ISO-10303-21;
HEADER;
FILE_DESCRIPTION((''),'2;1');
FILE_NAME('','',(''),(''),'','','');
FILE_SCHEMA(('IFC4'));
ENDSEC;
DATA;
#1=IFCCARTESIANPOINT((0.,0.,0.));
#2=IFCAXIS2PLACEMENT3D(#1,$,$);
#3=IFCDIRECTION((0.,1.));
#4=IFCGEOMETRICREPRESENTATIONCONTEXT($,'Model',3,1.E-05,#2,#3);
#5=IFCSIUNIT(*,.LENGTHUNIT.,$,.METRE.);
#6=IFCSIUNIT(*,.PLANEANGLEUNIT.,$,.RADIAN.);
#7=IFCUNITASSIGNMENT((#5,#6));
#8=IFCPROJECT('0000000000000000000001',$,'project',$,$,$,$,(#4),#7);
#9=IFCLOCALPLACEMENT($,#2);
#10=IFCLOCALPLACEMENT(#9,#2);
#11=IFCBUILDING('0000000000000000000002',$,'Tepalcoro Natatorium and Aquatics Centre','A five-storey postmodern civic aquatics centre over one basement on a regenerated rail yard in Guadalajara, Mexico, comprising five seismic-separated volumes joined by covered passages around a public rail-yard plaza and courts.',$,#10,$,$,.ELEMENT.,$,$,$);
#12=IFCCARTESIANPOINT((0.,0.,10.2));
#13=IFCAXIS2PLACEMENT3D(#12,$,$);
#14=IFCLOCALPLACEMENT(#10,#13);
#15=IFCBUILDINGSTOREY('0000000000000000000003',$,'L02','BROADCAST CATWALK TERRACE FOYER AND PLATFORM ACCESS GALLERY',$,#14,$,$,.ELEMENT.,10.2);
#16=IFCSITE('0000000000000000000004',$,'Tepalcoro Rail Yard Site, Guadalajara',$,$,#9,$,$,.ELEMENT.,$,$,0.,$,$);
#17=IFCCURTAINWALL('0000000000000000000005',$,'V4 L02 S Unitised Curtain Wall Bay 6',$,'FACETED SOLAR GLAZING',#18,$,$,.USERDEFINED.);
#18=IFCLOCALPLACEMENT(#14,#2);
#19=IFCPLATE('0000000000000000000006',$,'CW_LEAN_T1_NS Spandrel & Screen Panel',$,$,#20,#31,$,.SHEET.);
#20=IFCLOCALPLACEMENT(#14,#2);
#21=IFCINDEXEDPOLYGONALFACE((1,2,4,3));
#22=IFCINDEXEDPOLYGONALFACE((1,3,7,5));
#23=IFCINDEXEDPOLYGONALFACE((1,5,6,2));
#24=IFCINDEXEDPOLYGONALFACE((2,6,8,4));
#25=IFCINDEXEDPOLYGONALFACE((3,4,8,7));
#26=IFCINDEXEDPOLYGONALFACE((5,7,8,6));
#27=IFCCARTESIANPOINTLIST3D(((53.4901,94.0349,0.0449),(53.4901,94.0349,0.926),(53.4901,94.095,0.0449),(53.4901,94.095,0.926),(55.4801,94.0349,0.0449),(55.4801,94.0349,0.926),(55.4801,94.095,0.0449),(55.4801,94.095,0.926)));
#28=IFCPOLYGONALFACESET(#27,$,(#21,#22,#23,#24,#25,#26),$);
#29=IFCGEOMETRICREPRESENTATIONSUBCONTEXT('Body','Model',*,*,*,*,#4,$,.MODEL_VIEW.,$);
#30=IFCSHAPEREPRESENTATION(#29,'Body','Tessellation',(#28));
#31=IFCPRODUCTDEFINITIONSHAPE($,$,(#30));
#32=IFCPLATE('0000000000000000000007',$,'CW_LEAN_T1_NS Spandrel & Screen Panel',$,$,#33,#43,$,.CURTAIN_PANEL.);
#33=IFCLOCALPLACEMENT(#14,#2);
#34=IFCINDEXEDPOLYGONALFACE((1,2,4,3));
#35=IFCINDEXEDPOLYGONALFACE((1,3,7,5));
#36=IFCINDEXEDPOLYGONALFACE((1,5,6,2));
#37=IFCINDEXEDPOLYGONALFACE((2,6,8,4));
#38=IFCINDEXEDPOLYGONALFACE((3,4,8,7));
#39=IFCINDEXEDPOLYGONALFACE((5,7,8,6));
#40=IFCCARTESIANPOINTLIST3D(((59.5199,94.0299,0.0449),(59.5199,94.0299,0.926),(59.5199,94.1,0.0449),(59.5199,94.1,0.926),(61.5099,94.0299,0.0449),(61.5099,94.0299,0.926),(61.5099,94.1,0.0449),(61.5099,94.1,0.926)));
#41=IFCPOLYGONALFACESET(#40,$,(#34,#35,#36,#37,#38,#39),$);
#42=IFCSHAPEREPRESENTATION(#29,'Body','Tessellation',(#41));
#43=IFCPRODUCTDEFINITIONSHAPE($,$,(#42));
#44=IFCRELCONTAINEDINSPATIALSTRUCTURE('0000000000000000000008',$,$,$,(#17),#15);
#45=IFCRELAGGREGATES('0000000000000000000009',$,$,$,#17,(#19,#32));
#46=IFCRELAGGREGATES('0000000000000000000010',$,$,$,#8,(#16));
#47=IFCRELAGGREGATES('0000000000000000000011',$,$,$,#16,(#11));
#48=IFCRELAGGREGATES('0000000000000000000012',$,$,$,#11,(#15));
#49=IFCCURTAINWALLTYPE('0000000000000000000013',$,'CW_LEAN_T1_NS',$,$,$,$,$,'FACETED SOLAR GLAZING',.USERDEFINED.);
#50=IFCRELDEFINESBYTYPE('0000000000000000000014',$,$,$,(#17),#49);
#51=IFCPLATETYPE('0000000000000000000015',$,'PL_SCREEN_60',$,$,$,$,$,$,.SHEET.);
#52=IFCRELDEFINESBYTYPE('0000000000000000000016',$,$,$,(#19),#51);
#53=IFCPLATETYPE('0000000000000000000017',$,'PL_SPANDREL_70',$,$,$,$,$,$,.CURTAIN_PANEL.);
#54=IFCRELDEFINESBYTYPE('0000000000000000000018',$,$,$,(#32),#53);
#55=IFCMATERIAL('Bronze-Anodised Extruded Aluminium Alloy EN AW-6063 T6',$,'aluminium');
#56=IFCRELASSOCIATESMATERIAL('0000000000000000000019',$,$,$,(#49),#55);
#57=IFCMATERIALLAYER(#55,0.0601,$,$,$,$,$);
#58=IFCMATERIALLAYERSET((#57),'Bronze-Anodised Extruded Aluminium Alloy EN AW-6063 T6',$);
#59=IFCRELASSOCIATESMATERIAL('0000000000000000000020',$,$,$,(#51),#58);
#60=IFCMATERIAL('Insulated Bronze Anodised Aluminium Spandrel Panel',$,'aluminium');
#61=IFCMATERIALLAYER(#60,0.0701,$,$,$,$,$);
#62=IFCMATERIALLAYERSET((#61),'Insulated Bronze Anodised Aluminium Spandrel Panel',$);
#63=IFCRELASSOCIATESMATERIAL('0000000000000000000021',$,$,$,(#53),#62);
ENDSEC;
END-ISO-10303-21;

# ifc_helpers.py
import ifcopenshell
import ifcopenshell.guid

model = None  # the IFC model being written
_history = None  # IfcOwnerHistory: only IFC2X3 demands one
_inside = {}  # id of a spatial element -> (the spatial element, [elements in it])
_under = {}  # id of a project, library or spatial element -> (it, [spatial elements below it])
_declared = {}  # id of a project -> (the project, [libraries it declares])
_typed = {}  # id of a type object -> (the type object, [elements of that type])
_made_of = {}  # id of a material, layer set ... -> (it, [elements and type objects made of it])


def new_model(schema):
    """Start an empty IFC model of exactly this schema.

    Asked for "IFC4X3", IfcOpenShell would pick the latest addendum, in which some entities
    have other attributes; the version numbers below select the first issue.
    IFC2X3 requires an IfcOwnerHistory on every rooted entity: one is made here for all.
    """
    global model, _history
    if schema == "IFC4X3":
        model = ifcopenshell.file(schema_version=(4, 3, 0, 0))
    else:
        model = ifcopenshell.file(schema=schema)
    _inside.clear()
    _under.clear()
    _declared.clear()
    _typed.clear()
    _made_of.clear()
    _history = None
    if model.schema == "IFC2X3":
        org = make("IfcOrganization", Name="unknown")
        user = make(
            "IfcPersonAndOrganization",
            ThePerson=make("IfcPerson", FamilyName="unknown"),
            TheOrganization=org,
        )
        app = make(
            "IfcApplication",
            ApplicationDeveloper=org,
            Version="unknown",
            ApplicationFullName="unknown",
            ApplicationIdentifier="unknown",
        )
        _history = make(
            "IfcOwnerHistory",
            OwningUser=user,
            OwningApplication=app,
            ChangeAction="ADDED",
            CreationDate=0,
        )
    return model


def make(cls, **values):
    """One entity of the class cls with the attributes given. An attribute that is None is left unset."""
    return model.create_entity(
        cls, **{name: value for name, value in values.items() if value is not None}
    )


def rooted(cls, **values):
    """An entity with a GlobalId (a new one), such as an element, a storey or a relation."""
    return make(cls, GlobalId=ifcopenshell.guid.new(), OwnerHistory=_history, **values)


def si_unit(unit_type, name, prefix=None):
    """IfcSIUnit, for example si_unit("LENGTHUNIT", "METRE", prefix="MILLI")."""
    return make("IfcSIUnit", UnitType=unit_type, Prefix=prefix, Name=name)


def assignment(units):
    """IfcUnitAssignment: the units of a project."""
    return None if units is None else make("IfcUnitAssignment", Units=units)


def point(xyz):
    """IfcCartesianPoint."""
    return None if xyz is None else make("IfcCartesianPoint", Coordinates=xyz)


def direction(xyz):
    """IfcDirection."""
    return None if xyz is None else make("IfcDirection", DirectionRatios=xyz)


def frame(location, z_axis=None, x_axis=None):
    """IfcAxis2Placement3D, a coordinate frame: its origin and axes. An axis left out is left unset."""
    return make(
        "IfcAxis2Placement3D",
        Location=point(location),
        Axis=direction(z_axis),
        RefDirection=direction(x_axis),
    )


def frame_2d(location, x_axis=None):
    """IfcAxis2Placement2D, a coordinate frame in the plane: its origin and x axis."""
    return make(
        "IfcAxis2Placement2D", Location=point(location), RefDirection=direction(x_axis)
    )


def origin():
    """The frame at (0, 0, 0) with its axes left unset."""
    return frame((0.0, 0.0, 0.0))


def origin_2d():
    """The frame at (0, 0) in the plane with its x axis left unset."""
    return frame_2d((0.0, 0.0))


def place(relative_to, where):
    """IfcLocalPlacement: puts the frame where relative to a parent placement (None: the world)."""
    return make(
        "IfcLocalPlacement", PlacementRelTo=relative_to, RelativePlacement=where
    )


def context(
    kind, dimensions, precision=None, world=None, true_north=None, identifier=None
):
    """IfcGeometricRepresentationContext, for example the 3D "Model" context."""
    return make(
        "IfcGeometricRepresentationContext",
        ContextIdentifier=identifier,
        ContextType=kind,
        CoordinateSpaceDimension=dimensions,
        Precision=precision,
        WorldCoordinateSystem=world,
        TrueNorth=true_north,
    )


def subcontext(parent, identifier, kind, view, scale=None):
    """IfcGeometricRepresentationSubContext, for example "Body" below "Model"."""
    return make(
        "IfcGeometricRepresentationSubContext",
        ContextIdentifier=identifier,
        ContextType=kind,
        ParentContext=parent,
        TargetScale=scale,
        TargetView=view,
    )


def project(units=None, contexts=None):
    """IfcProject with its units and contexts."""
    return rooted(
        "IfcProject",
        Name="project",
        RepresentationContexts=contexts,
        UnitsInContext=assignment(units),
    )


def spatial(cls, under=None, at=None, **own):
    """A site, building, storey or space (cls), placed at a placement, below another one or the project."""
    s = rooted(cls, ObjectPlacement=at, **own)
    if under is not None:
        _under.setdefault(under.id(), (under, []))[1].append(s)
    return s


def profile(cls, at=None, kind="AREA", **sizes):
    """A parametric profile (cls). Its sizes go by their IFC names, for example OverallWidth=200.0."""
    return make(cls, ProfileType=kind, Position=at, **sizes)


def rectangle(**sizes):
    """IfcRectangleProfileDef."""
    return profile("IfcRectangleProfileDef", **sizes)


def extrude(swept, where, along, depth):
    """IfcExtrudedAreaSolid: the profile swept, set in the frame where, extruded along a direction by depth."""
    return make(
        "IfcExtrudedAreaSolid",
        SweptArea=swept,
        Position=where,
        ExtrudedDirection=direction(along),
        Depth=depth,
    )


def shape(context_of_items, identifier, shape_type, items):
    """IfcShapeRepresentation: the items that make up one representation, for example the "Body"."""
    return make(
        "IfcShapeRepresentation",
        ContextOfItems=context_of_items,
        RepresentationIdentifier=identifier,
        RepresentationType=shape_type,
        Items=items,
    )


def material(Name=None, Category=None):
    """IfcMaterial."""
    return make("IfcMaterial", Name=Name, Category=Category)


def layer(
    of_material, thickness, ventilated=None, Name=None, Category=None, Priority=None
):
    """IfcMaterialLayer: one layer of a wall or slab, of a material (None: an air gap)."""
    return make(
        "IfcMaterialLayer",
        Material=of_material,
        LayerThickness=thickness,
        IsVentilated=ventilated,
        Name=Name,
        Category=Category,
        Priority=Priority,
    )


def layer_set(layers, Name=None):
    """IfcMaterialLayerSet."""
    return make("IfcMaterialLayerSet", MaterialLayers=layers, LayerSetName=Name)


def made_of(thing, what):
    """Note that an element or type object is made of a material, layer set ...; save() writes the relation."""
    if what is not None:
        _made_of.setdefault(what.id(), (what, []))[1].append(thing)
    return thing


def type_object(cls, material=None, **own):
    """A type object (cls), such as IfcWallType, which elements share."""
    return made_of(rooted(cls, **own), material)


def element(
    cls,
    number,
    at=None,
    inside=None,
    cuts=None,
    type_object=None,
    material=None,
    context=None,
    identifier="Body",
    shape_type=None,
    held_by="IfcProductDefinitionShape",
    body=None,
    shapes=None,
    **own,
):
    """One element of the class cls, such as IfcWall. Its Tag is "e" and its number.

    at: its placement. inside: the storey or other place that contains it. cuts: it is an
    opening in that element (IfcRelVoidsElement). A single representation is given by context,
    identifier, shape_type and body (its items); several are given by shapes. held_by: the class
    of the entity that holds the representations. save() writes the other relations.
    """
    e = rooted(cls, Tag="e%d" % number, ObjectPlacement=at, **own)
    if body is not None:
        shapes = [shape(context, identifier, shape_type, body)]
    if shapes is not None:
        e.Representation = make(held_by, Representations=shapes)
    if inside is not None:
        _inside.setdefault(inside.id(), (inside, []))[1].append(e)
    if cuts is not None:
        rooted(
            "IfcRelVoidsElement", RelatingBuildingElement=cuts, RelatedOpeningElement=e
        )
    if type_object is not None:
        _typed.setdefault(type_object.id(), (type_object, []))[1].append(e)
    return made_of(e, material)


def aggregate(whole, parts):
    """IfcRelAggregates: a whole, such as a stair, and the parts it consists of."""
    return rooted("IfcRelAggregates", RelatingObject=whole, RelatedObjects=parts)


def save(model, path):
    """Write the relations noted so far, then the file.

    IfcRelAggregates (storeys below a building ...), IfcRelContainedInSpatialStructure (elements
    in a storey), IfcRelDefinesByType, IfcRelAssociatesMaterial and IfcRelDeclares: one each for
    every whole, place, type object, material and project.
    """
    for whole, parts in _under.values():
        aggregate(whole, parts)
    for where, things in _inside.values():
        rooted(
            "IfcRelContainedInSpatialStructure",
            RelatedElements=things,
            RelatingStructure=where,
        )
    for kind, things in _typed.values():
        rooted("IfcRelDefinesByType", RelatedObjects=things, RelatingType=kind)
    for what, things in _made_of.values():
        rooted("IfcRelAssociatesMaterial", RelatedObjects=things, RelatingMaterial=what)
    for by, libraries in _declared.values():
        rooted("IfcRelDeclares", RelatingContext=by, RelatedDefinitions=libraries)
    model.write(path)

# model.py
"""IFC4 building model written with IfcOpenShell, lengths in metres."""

from ifc_helpers import new_model, si_unit, direction, frame, origin, origin_2d, place, context, subcontext, project, spatial, rectangle, extrude, material, layer, layer_set, type_object, element, aggregate, save


model = new_model("IFC4")

# Units and contexts
model_context = context("Model", 3, precision=1e-05, world=origin(), true_north=direction((0.0, 1.0)))
body_context = subcontext(model_context, "Body", "Model", "MODEL_VIEW")
ifc_project = project(units=[si_unit("LENGTHUNIT", "METRE"), si_unit("PLANEANGLEUNIT", "RADIAN")], contexts=[model_context])

# Site, building, storey
site_placement = place(None, origin())
site = spatial("IfcSite", under=ifc_project, at=site_placement, Name="Tepalcoro Rail Yard Site, Guadalajara", CompositionType="ELEMENT", RefElevation=0.0)
building_placement = place(site_placement, origin())
building = spatial("IfcBuilding", under=site, at=building_placement, Name="Tepalcoro Natatorium and Aquatics Centre", Description="A five-storey postmodern civic aquatics centre over one basement on a regenerated rail yard in Guadalajara, Mexico, comprising five seismic-separated volumes joined by covered passages around a public rail-yard plaza and courts.", CompositionType="ELEMENT")
storey_placement = place(building_placement, frame((0.0, 0.0, 10.2)))
storey = spatial("IfcBuildingStorey", under=building, at=storey_placement, Name="L02", Description="BROADCAST CATWALK TERRACE FOYER AND PLATFORM ACCESS GALLERY", CompositionType="ELEMENT", Elevation=10.2)

# Curtain wall
ifc_material_1 = material(Name="Bronze-Anodised Extruded Aluminium Alloy EN AW-6063 T6", Category="aluminium")
curtain_wall_type = type_object("IfcCurtainWallType", Name="CW_LEAN_T1_NS", ElementType="FACETED SOLAR GLAZING", PredefinedType="USERDEFINED", material=ifc_material_1)
curtain_wall_placement = place(storey_placement, origin())
curtain_wall = element("IfcCurtainWall", 1, at=curtain_wall_placement, inside=storey, type_object=curtain_wall_type, Name="V4 L02 S Unitised Curtain Wall Bay 6", ObjectType="FACETED SOLAR GLAZING", PredefinedType="USERDEFINED")

# Plates
ifc_layer_1 = layer(ifc_material_1, 0.0601)
ifc_layer_set_1 = layer_set([ifc_layer_1], Name="Bronze-Anodised Extruded Aluminium Alloy EN AW-6063 T6")
plate_type_1 = type_object("IfcPlateType", Name="PL_SCREEN_60", PredefinedType="SHEET", material=ifc_layer_set_1)
plate_1_placement = place(storey_placement, frame((54.4851, 94.0649, 0.0449), z_axis=(0.0, 0.0, 1.0), x_axis=(1.0, 0.0, 0.0)))
plate_1 = element("IfcPlate", 2, at=plate_1_placement, type_object=plate_type_1, Name="CW_LEAN_T1_NS Spandrel & Screen Panel", PredefinedType="SHEET", context=body_context, shape_type="SweptSolid", body=[
    extrude(rectangle(XDim=1.99, YDim=0.0601, at=origin_2d()), origin(), (0.0, 0.0, 1.0), 0.8811),
])
ifc_material_2 = material(Name="Insulated Bronze Anodised Aluminium Spandrel Panel", Category="aluminium")
ifc_layer_2 = layer(ifc_material_2, 0.0701)
ifc_layer_set_2 = layer_set([ifc_layer_2], Name="Insulated Bronze Anodised Aluminium Spandrel Panel")
plate_type_2 = type_object("IfcPlateType", Name="PL_SPANDREL_70", PredefinedType="CURTAIN_PANEL", material=ifc_layer_set_2)
plate_2_placement = place(storey_placement, frame((60.5149, 94.0649, 0.0449), z_axis=(0.0, 0.0, 1.0), x_axis=(1.0, 0.0, 0.0)))
plate_2 = element("IfcPlate", 3, at=plate_2_placement, type_object=plate_type_2, Name="CW_LEAN_T1_NS Spandrel & Screen Panel", PredefinedType="CURTAIN_PANEL", context=body_context, shape_type="SweptSolid", body=[
    extrude(rectangle(XDim=1.99, YDim=0.0701, at=origin_2d()), origin(), (0.0, 0.0, 1.0), 0.8811),
])
aggregate(curtain_wall, [plate_1, plate_2])

save(model, "model.ifc")
